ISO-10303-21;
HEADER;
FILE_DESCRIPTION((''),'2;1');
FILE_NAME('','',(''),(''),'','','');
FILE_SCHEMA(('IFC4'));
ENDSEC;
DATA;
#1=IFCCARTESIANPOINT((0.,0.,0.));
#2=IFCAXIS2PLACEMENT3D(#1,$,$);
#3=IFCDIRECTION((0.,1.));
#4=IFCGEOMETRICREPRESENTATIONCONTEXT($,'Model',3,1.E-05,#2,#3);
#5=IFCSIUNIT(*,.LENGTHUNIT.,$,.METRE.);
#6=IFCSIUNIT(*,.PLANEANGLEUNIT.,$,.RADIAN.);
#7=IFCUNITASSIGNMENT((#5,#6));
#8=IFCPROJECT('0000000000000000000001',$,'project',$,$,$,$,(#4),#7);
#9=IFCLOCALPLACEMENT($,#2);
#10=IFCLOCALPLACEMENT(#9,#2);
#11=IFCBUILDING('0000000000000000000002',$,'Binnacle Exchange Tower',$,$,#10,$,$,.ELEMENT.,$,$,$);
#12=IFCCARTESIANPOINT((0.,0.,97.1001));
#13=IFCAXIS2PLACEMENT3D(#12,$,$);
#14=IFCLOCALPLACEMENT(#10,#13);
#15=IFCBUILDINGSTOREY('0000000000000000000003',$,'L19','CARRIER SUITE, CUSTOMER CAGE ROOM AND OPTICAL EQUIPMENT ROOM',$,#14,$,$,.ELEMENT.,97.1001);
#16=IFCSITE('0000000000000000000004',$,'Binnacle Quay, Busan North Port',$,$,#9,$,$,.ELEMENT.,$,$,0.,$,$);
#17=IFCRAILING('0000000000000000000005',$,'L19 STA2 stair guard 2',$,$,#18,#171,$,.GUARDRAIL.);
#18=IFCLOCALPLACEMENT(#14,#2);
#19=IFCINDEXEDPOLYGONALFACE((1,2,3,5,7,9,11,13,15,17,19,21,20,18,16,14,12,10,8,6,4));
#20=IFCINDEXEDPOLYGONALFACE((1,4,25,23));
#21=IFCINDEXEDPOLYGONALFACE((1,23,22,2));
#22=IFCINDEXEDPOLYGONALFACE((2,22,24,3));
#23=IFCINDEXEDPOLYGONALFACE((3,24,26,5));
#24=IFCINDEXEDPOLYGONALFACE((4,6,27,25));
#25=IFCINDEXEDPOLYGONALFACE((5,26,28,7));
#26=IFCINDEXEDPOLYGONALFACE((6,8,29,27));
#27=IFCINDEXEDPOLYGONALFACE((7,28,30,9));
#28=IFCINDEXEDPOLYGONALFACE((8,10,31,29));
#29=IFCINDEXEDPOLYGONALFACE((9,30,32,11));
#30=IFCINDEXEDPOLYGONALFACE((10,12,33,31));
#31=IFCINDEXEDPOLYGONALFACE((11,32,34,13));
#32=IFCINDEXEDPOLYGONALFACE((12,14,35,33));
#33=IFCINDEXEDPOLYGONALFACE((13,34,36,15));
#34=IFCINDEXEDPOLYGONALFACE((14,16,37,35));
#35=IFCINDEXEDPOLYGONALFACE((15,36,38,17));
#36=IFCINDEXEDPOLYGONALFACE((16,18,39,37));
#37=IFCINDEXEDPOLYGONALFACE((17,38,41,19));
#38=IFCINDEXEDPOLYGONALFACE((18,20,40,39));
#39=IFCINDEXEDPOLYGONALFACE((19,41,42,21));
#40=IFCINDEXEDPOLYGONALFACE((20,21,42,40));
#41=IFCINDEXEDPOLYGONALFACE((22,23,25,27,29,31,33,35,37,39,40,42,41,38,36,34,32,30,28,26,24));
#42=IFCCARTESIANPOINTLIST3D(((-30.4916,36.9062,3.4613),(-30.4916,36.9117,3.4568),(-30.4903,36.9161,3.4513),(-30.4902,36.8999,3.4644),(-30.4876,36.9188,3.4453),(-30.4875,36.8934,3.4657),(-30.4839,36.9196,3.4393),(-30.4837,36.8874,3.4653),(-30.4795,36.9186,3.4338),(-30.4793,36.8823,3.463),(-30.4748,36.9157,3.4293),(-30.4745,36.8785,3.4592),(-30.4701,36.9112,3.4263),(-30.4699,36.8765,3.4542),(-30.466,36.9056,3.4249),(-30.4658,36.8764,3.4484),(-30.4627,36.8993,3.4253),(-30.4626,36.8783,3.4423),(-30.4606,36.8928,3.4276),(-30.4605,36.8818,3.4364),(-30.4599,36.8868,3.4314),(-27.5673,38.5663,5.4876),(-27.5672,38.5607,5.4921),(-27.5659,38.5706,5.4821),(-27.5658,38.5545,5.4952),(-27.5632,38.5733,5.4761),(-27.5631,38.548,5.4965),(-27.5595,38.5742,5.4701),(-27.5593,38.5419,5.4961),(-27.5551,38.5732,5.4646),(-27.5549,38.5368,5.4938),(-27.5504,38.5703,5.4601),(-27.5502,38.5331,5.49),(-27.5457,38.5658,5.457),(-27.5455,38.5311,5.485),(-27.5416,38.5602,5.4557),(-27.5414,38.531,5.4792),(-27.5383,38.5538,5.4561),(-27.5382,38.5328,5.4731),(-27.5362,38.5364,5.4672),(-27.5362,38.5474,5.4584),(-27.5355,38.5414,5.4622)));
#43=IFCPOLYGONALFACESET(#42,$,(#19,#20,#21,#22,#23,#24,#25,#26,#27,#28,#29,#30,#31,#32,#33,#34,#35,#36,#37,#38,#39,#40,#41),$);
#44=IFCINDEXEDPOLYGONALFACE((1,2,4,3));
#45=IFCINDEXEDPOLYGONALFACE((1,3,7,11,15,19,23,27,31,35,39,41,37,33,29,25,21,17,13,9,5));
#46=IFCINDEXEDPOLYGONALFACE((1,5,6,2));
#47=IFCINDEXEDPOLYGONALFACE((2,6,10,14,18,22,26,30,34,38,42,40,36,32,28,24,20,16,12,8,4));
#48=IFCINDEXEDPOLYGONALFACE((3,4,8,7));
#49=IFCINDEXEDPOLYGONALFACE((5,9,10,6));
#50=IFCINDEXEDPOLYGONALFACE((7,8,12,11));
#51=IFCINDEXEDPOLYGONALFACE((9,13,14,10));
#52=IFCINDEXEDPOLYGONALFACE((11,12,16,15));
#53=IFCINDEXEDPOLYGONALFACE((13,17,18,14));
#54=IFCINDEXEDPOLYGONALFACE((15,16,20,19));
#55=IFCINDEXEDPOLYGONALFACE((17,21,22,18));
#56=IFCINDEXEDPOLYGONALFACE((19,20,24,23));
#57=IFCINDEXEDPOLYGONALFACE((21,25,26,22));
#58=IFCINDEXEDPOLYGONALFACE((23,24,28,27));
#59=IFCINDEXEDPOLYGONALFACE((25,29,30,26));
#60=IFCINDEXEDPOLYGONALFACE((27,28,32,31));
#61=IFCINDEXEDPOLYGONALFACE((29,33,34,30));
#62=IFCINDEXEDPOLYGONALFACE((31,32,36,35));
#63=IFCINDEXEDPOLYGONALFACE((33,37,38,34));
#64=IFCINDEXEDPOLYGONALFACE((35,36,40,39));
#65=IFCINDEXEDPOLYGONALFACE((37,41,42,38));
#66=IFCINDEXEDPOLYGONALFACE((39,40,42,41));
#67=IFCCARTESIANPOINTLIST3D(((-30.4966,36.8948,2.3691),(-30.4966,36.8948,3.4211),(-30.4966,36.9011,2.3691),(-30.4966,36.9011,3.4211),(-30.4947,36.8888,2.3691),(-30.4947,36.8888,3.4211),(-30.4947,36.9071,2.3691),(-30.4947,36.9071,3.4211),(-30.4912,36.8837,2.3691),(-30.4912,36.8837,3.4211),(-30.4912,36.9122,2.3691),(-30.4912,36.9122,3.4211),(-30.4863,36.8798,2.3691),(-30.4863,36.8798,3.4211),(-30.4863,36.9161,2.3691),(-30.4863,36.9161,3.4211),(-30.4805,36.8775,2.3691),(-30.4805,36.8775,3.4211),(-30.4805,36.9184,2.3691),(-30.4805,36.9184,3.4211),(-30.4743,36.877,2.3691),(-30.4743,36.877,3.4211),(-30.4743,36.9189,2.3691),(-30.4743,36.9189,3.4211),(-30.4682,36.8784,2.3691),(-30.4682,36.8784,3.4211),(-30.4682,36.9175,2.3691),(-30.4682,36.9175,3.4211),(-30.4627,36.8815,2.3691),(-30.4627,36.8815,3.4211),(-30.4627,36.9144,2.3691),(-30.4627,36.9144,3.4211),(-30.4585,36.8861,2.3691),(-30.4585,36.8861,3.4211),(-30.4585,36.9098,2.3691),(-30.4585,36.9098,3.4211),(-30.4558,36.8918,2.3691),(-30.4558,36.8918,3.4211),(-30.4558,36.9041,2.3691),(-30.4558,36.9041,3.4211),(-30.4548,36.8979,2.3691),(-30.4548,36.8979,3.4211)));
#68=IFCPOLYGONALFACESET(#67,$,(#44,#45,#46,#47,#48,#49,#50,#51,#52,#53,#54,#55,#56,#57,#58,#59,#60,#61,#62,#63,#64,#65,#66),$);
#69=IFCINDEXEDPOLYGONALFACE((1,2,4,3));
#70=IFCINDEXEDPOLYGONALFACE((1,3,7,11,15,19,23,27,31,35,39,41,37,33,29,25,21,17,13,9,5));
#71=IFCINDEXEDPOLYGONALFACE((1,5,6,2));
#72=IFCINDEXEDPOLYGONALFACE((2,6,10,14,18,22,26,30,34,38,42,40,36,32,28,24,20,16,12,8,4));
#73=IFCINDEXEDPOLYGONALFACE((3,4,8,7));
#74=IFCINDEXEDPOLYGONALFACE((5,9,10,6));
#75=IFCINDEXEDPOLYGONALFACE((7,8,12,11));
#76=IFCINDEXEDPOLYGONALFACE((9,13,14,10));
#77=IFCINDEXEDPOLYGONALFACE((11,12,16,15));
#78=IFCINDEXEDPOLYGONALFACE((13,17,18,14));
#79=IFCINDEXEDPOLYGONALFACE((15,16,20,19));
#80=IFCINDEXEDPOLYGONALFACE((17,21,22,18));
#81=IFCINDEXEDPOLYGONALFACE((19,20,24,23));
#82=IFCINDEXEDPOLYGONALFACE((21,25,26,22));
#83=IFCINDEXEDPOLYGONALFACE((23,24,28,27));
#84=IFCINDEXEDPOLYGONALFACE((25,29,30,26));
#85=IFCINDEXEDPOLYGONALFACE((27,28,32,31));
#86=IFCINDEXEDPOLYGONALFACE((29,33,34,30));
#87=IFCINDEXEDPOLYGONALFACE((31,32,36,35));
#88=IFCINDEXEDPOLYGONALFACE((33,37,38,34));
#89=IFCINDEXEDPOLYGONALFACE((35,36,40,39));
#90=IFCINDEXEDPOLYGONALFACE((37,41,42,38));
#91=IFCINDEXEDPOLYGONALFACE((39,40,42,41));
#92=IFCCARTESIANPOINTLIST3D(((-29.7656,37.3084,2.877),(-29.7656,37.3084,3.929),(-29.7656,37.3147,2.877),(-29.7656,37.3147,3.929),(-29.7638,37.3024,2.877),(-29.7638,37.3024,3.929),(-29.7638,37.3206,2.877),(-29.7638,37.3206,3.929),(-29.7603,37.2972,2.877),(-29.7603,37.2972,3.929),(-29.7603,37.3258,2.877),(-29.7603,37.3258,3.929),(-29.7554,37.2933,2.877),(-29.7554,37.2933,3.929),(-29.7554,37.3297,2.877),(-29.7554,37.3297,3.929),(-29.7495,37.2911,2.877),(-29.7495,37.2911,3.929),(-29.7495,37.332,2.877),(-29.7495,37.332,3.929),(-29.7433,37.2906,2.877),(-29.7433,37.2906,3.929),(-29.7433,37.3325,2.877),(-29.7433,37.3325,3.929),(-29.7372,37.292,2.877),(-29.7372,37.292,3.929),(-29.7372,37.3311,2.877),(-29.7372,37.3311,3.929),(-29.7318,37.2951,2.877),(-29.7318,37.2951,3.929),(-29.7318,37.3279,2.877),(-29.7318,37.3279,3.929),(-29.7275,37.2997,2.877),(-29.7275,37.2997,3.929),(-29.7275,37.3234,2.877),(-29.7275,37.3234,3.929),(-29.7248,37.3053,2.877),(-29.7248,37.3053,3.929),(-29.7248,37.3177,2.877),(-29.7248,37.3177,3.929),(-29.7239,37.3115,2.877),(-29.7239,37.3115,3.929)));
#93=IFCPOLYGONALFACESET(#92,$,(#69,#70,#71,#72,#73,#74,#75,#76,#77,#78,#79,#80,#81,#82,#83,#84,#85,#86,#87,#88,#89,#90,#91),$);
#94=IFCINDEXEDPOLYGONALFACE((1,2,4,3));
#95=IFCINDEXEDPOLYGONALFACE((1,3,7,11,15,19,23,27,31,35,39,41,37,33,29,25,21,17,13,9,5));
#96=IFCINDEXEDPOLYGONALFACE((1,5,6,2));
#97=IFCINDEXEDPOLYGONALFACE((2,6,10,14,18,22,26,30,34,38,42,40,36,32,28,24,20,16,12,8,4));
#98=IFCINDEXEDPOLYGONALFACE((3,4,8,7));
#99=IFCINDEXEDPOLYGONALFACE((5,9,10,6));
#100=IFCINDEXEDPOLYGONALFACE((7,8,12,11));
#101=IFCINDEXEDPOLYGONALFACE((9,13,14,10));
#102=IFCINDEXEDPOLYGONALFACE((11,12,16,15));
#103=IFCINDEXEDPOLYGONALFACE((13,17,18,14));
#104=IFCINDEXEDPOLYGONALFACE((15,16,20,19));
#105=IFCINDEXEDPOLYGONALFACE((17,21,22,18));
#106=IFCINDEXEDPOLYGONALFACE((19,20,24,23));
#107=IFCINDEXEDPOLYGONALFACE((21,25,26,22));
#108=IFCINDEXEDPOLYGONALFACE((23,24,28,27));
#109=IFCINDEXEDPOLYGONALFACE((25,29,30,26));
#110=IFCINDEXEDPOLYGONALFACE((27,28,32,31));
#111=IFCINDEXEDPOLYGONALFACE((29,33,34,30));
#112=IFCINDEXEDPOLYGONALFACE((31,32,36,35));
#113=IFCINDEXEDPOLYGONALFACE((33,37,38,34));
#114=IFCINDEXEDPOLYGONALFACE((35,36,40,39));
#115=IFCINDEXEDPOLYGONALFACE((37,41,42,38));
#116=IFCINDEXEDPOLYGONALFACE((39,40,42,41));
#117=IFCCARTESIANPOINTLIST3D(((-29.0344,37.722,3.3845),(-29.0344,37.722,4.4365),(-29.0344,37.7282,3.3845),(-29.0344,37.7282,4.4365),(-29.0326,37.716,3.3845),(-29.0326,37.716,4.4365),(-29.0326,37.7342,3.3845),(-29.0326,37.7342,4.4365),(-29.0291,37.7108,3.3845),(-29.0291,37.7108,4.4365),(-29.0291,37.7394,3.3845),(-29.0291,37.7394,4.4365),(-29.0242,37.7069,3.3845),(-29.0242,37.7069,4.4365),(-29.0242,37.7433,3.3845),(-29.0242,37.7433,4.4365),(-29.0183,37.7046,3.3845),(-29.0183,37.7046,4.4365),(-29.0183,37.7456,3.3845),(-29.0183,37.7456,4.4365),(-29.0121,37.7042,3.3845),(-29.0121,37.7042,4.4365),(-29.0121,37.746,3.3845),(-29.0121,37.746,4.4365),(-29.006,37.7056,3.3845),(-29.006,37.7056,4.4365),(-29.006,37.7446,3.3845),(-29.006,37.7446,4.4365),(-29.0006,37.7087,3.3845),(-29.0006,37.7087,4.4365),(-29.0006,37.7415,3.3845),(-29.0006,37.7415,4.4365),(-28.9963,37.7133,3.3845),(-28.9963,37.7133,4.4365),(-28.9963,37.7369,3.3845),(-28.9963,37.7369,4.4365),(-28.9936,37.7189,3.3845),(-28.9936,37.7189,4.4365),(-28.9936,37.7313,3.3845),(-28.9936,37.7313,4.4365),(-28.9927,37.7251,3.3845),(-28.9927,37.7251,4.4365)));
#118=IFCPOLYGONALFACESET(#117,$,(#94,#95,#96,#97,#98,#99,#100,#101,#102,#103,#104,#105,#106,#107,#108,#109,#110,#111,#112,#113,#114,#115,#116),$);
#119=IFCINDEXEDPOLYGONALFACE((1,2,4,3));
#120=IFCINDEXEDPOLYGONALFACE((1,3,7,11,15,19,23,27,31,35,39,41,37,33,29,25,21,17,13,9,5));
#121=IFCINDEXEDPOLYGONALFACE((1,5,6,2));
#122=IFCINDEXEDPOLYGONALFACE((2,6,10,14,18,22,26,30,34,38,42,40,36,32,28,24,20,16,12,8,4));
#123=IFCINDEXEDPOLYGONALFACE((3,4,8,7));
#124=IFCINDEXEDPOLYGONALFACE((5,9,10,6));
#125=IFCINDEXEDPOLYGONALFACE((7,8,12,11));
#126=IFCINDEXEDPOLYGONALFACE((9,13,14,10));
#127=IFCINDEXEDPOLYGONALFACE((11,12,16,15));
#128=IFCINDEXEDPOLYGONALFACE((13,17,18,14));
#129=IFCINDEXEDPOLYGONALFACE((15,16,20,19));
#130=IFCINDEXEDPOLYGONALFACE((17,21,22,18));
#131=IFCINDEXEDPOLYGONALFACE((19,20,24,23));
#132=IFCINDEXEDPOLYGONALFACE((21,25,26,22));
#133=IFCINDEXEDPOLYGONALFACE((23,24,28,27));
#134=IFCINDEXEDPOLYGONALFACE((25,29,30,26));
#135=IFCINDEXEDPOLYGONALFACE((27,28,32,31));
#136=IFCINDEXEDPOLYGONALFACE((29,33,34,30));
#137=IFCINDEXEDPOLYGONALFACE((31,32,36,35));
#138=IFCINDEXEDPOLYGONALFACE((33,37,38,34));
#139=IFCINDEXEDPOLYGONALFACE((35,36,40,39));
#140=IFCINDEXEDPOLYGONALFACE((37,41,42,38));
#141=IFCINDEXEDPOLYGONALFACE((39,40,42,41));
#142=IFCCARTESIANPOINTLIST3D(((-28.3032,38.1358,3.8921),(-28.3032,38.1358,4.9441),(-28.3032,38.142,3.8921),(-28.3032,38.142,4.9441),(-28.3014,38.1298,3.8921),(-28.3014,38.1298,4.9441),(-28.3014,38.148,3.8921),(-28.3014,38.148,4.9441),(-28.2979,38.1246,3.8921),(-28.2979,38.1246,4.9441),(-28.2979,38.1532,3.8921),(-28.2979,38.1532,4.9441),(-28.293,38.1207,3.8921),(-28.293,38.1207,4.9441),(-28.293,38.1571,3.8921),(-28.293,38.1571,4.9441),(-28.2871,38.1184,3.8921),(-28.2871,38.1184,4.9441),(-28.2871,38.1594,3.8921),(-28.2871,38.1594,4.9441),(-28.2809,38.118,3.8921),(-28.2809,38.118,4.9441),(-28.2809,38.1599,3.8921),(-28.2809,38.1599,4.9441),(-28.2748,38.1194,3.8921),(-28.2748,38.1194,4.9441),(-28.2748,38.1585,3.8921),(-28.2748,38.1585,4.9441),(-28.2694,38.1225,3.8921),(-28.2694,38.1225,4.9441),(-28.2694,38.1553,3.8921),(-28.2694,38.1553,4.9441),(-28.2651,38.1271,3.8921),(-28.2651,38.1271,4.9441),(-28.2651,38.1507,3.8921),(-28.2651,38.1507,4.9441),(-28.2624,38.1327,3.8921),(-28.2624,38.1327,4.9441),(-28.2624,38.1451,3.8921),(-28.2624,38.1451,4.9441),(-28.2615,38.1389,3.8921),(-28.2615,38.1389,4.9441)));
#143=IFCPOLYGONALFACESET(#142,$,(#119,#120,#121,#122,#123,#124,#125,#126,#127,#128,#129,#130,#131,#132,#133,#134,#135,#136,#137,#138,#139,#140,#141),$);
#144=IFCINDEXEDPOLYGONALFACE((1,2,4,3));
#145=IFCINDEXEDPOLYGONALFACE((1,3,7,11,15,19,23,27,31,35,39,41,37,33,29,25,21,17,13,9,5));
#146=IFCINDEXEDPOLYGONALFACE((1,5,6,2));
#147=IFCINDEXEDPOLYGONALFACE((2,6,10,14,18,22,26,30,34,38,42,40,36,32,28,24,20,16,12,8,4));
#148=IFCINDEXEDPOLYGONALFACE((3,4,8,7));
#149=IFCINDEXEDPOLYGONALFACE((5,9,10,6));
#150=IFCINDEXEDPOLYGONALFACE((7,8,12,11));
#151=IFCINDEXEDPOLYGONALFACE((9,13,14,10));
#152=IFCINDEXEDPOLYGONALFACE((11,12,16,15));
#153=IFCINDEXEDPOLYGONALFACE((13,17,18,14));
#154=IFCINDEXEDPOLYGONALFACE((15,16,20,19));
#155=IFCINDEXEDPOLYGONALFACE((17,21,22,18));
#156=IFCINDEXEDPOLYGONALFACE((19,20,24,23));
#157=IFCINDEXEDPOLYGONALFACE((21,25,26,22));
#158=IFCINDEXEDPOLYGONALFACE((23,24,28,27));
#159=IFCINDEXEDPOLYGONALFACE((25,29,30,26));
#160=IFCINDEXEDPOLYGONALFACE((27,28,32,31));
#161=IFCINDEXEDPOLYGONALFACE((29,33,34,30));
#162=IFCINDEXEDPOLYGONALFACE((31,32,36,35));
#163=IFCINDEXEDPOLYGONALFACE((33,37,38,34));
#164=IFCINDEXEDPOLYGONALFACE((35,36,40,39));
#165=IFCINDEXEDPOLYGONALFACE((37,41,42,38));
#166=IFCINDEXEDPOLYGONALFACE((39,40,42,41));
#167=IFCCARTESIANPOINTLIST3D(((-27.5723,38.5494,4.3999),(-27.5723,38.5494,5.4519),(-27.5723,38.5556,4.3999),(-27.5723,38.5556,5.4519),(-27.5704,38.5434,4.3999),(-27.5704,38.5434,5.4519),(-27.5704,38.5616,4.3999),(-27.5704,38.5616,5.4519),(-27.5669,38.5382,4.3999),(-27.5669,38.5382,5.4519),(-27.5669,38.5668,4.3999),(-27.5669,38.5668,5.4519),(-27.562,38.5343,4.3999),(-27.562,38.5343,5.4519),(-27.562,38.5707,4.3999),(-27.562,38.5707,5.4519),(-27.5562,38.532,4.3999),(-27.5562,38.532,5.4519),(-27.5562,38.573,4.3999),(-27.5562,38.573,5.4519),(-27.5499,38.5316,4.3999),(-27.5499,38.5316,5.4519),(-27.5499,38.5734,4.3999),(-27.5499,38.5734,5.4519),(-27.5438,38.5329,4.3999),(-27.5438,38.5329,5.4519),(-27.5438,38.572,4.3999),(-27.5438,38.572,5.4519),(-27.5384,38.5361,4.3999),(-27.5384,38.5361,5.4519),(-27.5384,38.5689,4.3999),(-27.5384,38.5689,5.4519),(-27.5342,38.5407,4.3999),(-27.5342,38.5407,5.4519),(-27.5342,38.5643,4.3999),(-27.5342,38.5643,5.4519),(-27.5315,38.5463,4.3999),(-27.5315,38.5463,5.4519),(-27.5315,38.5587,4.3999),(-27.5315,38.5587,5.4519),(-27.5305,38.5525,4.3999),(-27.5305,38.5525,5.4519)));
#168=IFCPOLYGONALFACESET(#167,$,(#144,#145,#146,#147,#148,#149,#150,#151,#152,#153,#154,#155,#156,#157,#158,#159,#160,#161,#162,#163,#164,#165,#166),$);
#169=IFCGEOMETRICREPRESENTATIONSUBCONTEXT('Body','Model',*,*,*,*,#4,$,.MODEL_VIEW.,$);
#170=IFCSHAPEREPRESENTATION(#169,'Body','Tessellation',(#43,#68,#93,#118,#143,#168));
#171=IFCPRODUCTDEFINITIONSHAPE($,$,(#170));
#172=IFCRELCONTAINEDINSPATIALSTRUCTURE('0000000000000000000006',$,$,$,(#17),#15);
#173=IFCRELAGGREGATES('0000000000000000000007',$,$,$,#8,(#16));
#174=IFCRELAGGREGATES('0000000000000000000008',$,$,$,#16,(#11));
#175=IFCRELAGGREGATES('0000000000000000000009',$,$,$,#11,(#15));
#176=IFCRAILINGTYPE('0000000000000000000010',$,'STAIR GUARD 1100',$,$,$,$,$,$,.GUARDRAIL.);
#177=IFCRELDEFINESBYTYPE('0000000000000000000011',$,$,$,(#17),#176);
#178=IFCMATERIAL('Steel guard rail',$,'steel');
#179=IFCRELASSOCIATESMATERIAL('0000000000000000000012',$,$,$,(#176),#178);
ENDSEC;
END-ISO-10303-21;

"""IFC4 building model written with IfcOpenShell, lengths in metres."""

from ifc_helpers import new_model, si_unit, direction, frame, origin, origin_2d, place, context, subcontext, project, spatial, circle, extrude, material, type_object, element, save


model = new_model("IFC4")

# Units and contexts
model_context = context("Model", 3, precision=1e-05, world=origin(), true_north=direction((0.0, 1.0)))
body_context = subcontext(model_context, "Body", "Model", "MODEL_VIEW")
ifc_project = project(units=[si_unit("LENGTHUNIT", "METRE"), si_unit("PLANEANGLEUNIT", "RADIAN")], contexts=[model_context])

# Site, building, storey
site_placement = place(None, origin())
site = spatial("IfcSite", under=ifc_project, at=site_placement, Name="Binnacle Quay, Busan North Port", CompositionType="ELEMENT", RefElevation=0.0)
building_placement = place(site_placement, origin())
building = spatial("IfcBuilding", under=site, at=building_placement, Name="Binnacle Exchange Tower", CompositionType="ELEMENT")
storey_placement = place(building_placement, frame((0.0, 0.0, 97.1001)))
storey = spatial("IfcBuildingStorey", under=building, at=storey_placement, Name="L19", Description="CARRIER SUITE, CUSTOMER CAGE ROOM AND OPTICAL EQUIPMENT ROOM", CompositionType="ELEMENT", Elevation=97.1001)

# Railing
ifc_material_1 = material(Name="Steel guard rail", Category="steel")
railing_type_1 = type_object("IfcRailingType", Name="STAIR GUARD 1100", PredefinedType="GUARDRAIL", material=ifc_material_1)
railing_1_placement = place(storey_placement, frame((-30.4758, 36.8979, 2.3691)))
element("IfcRailing", 1, at=railing_1_placement, inside=storey, type_object=railing_type_1, Name="L19 STA2 stair guard 2", PredefinedType="GUARDRAIL", context=body_context, shape_type="SweptSolid", body=[
    extrude(circle(Radius=0.0239, at=origin_2d()), frame((0.0, 0.0, 1.0762), z_axis=(0.744867, 0.421437, 0.517266), x_axis=(-0.492433, 0.87035, 0.0)), (0.0, 0.0, 1.0), 3.926),
    extrude(circle(Radius=0.021, at=origin_2d()), origin(), (0.0, 0.0, 1.0), 1.052),
    extrude(circle(Radius=0.021, at=origin_2d()), frame((0.731, 0.4136, 0.5078)), (0.0, 0.0, 1.0), 1.052),
    extrude(circle(Radius=0.021, at=origin_2d()), frame((1.4622, 0.8271, 1.0154)), (0.0, 0.0, 1.0), 1.052),
    extrude(circle(Radius=0.021, at=origin_2d()), frame((2.1934, 1.241, 1.5229)), (0.0, 0.0, 1.0), 1.052),
    extrude(circle(Radius=0.021, at=origin_2d()), frame((2.9243, 1.6545, 2.0308)), (0.0, 0.0, 1.0), 1.052),
])

save(model, "model.ifc")
